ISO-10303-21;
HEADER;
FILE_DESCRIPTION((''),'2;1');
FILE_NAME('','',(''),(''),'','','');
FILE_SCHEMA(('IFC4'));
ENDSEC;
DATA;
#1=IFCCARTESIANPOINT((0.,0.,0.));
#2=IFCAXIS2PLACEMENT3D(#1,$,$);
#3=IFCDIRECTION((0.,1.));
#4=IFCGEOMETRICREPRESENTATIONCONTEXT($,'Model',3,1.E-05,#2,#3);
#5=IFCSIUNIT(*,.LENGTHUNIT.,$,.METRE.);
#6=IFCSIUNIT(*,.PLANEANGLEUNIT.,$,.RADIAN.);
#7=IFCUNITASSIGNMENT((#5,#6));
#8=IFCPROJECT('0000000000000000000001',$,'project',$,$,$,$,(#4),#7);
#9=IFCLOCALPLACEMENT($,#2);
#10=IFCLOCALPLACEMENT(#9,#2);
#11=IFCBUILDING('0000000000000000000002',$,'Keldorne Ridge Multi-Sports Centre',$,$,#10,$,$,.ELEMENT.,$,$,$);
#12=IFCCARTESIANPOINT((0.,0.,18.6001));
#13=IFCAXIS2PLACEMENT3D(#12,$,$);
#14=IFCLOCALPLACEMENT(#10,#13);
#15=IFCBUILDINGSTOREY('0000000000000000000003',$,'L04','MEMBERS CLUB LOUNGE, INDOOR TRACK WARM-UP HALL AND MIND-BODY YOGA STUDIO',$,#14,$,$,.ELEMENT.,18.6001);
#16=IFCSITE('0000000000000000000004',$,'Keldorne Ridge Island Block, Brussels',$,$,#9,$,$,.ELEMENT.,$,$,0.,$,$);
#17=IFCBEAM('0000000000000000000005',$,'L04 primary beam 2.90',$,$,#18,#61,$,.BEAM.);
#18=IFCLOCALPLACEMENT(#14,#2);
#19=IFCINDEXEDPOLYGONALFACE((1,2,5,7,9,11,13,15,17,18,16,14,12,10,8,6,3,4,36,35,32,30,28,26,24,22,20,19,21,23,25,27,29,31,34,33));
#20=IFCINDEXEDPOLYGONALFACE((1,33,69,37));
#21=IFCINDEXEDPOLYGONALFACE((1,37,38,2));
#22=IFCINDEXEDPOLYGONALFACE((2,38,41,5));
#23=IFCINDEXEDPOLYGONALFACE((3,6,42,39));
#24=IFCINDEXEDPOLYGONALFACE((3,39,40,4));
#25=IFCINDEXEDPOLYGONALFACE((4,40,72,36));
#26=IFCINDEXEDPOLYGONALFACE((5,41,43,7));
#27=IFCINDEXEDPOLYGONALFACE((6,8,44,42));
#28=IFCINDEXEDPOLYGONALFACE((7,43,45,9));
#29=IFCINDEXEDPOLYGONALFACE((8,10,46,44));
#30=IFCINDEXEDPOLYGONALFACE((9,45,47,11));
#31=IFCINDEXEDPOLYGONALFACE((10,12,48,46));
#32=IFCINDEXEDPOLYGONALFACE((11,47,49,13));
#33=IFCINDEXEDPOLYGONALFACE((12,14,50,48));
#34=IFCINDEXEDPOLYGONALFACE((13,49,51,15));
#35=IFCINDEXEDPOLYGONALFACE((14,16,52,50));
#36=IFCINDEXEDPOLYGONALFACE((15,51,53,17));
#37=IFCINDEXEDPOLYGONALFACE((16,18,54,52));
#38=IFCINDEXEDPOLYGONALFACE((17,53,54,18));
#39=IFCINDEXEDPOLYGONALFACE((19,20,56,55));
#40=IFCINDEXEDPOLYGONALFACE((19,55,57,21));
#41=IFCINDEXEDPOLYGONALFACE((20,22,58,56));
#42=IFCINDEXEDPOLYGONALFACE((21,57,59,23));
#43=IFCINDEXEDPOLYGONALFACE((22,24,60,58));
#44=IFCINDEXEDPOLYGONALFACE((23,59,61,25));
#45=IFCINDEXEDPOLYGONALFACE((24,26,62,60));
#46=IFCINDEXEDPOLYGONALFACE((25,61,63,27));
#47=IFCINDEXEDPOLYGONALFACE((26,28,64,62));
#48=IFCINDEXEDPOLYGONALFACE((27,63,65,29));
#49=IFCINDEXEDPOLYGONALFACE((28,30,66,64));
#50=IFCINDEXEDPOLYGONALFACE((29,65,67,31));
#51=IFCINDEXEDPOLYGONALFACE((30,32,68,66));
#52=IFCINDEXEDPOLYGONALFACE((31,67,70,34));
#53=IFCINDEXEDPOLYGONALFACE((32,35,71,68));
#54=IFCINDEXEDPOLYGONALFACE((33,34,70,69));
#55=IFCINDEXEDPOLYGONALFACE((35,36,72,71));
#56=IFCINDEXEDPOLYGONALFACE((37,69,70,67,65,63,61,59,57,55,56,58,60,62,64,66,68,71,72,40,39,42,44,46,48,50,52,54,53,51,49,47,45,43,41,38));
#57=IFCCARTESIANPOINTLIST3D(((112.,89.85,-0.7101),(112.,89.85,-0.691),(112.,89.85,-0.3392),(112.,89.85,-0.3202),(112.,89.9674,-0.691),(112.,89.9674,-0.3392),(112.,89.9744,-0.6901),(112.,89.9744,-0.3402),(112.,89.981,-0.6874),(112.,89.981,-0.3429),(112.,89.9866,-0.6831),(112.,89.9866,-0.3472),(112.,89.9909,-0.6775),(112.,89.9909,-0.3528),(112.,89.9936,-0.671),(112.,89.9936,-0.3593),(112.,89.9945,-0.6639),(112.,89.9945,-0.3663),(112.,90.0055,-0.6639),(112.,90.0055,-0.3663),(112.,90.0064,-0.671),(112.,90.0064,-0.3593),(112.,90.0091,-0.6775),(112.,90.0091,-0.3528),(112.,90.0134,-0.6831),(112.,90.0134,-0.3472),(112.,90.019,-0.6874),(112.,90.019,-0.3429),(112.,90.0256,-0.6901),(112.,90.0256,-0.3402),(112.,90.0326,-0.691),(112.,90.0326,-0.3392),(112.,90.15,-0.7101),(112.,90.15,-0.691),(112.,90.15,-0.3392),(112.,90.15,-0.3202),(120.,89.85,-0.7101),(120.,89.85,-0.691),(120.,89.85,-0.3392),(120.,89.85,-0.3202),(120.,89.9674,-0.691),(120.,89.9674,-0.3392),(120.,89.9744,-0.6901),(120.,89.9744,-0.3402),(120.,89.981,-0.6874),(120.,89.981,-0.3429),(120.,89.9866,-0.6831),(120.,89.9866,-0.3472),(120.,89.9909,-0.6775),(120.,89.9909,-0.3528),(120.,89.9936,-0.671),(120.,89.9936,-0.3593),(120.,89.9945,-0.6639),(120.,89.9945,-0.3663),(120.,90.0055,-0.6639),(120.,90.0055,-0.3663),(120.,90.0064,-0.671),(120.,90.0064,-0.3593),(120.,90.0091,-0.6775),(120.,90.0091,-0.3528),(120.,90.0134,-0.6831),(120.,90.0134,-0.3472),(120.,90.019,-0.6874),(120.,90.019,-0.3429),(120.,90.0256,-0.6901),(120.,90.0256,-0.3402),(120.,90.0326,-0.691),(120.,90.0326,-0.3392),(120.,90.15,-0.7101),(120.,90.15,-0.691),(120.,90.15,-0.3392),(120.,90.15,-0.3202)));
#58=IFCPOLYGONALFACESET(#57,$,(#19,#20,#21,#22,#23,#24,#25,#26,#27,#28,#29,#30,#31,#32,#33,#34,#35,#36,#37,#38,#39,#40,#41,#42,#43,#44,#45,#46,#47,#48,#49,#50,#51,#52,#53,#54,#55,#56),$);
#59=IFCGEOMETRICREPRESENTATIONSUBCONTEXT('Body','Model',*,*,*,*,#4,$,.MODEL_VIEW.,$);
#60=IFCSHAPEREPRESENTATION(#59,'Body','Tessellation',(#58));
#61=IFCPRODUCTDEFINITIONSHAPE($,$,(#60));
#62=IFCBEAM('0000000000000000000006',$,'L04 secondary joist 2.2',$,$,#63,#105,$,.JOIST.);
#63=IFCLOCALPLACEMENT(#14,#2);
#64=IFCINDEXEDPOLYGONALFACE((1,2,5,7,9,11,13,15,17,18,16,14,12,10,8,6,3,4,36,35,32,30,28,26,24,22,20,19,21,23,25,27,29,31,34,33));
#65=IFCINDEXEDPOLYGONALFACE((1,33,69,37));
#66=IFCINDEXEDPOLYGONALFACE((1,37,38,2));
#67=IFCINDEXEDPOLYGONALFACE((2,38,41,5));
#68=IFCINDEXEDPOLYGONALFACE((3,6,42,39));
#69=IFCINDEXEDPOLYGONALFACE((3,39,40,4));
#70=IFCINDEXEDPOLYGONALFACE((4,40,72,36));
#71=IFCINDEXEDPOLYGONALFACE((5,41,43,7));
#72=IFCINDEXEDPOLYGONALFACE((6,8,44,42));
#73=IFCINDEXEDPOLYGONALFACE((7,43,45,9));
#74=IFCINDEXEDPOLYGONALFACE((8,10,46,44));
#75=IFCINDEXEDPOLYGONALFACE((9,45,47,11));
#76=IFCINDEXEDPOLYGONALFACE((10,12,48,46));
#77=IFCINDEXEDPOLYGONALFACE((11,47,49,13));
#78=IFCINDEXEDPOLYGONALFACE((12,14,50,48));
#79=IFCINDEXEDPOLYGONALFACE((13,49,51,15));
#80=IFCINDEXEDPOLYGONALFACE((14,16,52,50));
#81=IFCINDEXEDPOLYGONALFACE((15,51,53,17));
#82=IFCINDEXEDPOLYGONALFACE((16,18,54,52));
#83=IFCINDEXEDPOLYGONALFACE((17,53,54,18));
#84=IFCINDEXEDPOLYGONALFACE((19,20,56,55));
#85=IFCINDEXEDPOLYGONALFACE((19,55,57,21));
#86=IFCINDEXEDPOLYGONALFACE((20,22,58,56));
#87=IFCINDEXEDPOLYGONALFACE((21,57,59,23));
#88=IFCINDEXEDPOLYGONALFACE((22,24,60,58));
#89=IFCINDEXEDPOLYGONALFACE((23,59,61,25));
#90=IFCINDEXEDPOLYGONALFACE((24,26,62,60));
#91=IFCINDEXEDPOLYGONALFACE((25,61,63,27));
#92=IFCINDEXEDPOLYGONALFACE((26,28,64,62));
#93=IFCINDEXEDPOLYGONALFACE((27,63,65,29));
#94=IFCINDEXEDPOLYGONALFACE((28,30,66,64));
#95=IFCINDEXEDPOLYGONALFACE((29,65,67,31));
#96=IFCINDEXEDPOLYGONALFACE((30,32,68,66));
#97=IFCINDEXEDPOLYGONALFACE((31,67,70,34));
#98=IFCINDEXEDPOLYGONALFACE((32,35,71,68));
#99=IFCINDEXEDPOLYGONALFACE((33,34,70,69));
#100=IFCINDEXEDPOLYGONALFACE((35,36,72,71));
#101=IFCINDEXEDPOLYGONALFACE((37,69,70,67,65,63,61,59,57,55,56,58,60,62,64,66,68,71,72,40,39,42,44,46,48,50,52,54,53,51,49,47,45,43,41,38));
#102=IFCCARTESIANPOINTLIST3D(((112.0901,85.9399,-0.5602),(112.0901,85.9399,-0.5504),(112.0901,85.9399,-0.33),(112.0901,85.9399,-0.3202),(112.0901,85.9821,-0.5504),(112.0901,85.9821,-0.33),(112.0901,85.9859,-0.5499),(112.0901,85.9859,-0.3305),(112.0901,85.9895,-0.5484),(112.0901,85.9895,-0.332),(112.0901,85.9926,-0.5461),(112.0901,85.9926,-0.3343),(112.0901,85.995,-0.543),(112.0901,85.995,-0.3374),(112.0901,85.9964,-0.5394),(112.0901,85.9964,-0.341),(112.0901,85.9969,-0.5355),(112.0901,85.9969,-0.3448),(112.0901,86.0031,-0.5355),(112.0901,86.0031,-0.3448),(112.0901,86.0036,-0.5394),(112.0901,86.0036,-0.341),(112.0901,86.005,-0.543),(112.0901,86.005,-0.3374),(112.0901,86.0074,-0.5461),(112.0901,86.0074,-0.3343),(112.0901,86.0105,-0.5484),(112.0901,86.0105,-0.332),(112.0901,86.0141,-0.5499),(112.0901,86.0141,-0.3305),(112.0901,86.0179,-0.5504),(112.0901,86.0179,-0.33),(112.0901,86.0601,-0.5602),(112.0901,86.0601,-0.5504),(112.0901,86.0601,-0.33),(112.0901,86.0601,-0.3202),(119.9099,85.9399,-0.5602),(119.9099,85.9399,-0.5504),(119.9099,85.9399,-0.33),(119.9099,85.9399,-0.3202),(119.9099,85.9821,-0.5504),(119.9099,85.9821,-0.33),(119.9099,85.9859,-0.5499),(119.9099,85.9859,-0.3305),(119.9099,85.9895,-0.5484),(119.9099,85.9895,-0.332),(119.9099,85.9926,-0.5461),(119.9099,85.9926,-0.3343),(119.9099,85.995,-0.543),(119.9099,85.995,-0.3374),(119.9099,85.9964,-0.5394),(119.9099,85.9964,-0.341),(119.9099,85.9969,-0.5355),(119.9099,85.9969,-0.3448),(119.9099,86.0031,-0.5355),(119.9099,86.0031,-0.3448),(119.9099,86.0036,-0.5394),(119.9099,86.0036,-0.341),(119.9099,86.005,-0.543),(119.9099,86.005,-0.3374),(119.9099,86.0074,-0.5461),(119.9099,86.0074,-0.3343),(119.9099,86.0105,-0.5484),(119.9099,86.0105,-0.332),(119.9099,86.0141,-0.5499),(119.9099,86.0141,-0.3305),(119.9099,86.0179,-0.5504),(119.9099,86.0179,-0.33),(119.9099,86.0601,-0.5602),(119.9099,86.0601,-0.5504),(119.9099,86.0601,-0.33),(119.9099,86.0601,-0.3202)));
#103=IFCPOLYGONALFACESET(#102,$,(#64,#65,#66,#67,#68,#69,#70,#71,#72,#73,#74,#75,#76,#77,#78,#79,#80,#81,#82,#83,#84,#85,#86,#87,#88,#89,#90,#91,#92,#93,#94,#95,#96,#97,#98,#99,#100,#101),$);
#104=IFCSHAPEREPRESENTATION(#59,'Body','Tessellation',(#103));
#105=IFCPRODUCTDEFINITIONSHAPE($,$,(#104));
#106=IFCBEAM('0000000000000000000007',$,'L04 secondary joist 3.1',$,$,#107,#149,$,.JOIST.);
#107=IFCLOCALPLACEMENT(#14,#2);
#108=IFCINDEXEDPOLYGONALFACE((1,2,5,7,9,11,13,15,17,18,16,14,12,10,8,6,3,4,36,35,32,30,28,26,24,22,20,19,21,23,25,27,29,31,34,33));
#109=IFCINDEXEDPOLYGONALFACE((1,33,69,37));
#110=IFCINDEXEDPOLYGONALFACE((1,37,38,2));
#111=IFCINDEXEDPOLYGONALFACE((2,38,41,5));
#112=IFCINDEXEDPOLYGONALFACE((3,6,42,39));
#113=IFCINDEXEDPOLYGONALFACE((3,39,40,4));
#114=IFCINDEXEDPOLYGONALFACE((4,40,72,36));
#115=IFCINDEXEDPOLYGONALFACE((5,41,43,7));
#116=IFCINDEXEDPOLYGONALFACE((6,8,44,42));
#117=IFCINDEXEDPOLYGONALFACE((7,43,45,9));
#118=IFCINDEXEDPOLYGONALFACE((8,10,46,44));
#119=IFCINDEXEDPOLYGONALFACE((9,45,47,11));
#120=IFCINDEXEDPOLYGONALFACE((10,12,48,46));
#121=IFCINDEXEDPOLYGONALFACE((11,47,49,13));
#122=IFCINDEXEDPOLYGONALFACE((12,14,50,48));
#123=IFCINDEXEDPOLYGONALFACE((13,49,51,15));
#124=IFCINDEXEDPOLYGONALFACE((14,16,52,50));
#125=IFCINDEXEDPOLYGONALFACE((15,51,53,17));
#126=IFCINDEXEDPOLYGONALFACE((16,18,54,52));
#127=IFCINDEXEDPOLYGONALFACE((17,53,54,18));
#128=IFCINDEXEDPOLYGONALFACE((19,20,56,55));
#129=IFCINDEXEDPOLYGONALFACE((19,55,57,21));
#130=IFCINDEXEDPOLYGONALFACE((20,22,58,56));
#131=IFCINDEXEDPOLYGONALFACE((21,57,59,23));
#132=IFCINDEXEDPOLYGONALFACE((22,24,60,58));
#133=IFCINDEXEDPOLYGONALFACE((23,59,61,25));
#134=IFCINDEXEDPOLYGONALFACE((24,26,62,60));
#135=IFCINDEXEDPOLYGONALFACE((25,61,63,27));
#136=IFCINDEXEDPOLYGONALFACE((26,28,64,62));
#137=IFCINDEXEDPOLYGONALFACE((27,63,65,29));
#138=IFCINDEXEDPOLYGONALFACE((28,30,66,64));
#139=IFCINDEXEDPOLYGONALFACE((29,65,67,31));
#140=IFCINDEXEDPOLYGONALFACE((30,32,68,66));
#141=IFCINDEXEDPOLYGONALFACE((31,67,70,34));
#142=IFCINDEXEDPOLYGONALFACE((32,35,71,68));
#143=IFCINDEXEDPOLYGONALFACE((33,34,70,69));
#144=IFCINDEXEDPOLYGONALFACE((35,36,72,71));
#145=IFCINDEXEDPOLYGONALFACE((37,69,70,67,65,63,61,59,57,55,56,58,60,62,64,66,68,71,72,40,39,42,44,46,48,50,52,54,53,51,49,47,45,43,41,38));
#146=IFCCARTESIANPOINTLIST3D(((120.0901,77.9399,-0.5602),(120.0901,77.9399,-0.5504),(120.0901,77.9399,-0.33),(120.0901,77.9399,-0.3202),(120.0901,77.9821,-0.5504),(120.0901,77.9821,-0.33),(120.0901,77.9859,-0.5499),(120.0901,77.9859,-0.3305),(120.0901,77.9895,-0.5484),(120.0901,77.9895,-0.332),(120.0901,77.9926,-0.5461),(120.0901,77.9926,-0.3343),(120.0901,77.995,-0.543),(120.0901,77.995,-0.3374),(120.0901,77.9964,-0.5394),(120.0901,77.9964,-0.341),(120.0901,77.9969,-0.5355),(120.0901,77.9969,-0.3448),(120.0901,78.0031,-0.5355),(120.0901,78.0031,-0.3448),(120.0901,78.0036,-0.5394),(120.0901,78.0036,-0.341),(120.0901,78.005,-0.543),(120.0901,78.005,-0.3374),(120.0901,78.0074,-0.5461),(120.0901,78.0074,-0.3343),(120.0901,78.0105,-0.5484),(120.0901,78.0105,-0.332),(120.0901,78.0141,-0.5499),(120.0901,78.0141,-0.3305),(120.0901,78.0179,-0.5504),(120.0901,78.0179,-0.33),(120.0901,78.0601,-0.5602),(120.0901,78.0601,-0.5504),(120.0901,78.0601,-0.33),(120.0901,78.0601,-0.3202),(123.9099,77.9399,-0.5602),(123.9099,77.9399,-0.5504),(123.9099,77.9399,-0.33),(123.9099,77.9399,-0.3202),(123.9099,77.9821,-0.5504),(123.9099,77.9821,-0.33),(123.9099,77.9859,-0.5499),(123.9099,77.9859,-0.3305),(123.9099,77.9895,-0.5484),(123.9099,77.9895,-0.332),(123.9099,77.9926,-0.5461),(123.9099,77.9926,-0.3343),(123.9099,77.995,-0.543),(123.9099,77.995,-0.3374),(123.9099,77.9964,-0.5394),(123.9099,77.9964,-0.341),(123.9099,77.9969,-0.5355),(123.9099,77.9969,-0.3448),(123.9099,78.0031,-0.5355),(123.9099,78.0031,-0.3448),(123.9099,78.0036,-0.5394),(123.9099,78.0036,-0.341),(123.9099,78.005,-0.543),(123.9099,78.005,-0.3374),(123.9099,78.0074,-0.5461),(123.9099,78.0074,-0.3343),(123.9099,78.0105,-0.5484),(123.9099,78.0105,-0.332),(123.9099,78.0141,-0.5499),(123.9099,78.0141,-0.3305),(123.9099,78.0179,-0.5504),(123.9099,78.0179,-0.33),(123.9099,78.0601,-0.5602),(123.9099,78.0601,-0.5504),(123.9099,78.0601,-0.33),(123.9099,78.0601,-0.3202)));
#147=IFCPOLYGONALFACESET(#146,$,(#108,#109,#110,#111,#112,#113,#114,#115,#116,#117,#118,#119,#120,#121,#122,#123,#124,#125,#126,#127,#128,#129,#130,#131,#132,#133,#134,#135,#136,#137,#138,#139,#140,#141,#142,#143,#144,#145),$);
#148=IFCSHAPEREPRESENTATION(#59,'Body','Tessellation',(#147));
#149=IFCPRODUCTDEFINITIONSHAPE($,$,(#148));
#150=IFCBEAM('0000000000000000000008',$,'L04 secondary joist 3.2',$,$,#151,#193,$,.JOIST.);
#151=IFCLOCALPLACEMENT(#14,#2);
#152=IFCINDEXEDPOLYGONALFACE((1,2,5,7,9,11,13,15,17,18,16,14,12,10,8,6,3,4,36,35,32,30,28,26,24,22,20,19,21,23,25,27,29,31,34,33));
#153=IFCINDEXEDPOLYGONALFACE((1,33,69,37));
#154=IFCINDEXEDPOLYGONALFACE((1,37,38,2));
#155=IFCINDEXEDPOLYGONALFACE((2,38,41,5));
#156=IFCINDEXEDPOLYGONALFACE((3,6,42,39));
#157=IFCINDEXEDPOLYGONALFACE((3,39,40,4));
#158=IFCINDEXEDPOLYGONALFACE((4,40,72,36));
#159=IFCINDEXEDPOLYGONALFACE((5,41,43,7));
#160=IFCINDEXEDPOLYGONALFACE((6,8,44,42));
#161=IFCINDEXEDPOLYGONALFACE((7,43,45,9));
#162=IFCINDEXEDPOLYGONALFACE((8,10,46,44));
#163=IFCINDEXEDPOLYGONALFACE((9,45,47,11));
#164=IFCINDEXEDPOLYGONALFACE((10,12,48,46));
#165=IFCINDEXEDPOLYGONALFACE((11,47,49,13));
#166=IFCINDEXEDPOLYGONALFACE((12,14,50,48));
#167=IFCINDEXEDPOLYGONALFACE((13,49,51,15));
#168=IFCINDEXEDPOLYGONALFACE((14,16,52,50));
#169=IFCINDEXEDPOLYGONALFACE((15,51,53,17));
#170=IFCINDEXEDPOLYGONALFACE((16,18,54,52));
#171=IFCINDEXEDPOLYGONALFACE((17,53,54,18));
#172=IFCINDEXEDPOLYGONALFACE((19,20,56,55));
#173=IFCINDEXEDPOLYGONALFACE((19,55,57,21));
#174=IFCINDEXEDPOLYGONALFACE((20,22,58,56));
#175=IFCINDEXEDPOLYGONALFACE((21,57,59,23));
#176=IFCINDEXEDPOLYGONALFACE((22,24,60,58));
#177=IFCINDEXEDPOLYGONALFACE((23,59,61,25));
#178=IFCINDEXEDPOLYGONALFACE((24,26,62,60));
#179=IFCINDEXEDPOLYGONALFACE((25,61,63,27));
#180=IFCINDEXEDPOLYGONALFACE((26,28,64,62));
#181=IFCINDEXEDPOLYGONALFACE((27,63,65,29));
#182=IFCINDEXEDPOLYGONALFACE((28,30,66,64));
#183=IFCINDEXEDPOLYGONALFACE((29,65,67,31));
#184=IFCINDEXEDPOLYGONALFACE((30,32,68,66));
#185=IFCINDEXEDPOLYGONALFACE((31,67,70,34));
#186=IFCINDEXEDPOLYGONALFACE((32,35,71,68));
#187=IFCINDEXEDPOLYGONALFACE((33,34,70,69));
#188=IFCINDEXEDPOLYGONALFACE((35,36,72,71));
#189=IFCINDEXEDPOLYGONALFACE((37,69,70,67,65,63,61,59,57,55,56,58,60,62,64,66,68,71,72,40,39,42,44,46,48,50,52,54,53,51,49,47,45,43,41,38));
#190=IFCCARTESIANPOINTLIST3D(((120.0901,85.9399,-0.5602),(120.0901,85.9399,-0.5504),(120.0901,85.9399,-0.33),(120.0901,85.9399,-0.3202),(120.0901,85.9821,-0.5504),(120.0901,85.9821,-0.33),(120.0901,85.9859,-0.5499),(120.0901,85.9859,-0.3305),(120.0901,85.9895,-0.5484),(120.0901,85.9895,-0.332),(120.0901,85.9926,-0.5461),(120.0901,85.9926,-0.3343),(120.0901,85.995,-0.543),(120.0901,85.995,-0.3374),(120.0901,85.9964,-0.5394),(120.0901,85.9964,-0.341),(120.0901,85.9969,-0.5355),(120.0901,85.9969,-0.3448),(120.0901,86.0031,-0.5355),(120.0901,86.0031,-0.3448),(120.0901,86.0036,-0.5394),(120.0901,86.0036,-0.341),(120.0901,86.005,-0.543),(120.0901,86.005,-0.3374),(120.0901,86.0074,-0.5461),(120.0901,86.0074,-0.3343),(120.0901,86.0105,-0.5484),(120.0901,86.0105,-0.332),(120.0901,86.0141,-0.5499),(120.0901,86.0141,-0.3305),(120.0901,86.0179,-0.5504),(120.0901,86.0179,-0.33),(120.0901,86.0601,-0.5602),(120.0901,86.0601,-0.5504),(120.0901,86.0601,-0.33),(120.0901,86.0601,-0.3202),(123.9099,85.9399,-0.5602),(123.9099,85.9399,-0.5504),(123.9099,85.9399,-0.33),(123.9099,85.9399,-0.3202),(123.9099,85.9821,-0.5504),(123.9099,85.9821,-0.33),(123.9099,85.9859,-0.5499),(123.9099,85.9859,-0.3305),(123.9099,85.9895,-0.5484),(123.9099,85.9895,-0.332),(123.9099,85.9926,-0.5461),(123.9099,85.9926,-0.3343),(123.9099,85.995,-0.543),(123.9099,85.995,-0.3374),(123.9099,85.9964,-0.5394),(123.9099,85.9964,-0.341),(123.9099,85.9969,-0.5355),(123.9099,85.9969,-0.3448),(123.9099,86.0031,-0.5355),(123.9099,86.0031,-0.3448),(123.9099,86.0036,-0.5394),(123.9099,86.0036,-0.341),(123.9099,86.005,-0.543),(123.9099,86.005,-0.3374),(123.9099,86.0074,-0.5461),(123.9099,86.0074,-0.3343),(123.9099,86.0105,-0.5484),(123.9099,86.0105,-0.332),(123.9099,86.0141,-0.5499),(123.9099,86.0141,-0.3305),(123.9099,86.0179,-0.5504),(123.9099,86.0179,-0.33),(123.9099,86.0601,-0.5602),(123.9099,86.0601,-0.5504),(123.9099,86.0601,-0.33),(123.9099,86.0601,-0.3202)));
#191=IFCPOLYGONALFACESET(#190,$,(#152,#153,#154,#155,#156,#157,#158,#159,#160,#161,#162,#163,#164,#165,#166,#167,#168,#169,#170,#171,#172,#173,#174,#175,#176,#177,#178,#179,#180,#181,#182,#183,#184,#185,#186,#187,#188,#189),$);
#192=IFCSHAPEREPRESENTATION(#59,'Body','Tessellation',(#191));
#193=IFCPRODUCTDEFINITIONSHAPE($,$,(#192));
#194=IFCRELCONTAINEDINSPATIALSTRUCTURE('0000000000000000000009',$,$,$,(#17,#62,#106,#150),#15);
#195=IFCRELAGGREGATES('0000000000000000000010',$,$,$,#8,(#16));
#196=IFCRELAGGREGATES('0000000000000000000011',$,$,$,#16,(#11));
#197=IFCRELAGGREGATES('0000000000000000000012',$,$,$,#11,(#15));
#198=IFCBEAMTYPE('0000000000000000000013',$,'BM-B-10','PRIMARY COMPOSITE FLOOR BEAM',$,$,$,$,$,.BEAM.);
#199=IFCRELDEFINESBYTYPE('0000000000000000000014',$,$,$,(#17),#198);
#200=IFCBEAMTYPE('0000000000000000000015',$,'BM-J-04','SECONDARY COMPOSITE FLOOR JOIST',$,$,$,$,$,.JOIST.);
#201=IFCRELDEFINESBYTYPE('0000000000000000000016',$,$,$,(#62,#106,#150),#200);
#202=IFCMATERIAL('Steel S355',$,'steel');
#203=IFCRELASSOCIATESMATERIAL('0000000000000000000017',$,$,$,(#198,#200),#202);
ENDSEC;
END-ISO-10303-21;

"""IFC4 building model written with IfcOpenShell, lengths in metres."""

from ifc_helpers import new_model, si_unit, direction, frame, origin, origin_2d, place, context, subcontext, project, spatial, i_section, extrude, material, material_profile, profile_set, type_object, element, save


model = new_model("IFC4")

# Units and contexts
model_context = context("Model", 3, precision=1e-05, world=origin(), true_north=direction((0.0, 1.0)))
body_context = subcontext(model_context, "Body", "Model", "MODEL_VIEW")
ifc_project = project(units=[si_unit("LENGTHUNIT", "METRE"), si_unit("PLANEANGLEUNIT", "RADIAN")], contexts=[model_context])

# Site, building, storey
site_placement = place(None, origin())
site = spatial("IfcSite", under=ifc_project, at=site_placement, Name="Keldorne Ridge Island Block, Brussels", CompositionType="ELEMENT", RefElevation=0.0)
building_placement = place(site_placement, origin())
building = spatial("IfcBuilding", under=site, at=building_placement, Name="Keldorne Ridge Multi-Sports Centre", CompositionType="ELEMENT")
storey_placement = place(building_placement, frame((0.0, 0.0, 18.6001)))
storey = spatial("IfcBuildingStorey", under=building, at=storey_placement, Name="L04", Description="MEMBERS CLUB LOUNGE, INDOOR TRACK WARM-UP HALL AND MIND-BODY YOGA STUDIO", CompositionType="ELEMENT", Elevation=18.6001)

# Shared definitions
ifc_material_1 = material(Name="Steel S355", Category="steel")

# Beams
ifc_material_profile_1 = material_profile(ifc_material_1, i_section(OverallWidth=0.3, OverallDepth=0.3899, WebThickness=0.011, FlangeThickness=0.019, FilletRadius=0.0271, at=origin_2d()), Name="HEA 400")
ifc_profile_set_1 = profile_set([ifc_material_profile_1], Name="Steel S355")
beam_type_1 = type_object("IfcBeamType", Name="BM-B-10", Description="PRIMARY COMPOSITE FLOOR BEAM", PredefinedType="BEAM", material=ifc_profile_set_1)
beam_1_placement = place(storey_placement, frame((112.0, 90.0, -0.5151), z_axis=(1.0, 0.0, 0.0), x_axis=(0.0, 1.0, 0.0)))
element("IfcBeam", 1, at=beam_1_placement, inside=storey, type_object=beam_type_1, Name="L04 primary beam 2.90", PredefinedType="BEAM", context=body_context, shape_type="SweptSolid", body=[
    extrude(i_section(OverallWidth=0.3, OverallDepth=0.3899, WebThickness=0.011, FlangeThickness=0.019, FilletRadius=0.0271, at=origin_2d()), origin(), (0.0, 0.0, 1.0), 8.0),
])
ifc_material_profile_2 = material_profile(ifc_material_1, i_section(OverallWidth=0.1201, OverallDepth=0.24, WebThickness=0.0061, FlangeThickness=0.0098, FilletRadius=0.0149, at=origin_2d()), Name="IPE 240")
ifc_profile_set_2 = profile_set([ifc_material_profile_2], Name="Steel S355")
beam_type_2 = type_object("IfcBeamType", Name="BM-J-04", Description="SECONDARY COMPOSITE FLOOR JOIST", PredefinedType="JOIST", material=ifc_profile_set_2)
beam_2_placement = place(storey_placement, frame((112.0901, 86.0, -0.4402), z_axis=(1.0, 0.0, 0.0), x_axis=(0.0, 1.0, 0.0)))
element("IfcBeam", 2, at=beam_2_placement, inside=storey, type_object=beam_type_2, Name="L04 secondary joist 2.2", PredefinedType="JOIST", context=body_context, shape_type="SweptSolid", body=[
    extrude(i_section(OverallWidth=0.1201, OverallDepth=0.24, WebThickness=0.0061, FlangeThickness=0.0098, FilletRadius=0.0149, at=origin_2d()), origin(), (0.0, 0.0, 1.0), 7.8198),
])
for number, where, z_axis, x_axis, name in (
    (3, (120.0901, 78.0, -0.4402), (1.0, 0.0, 0.0), (0.0, 1.0, 0.0), "L04 secondary joist 3.1"),
    (4, (120.0901, 86.0, -0.4402), (1.0, 0.0, 0.0), (0.0, 1.0, 0.0), "L04 secondary joist 3.2"),
):
    element("IfcBeam", number, at=place(storey_placement, frame(where, z_axis=z_axis, x_axis=x_axis)), inside=storey, type_object=beam_type_2, Name=name, PredefinedType="JOIST", context=body_context, shape_type="SweptSolid", body=[
        extrude(i_section(OverallWidth=0.1201, OverallDepth=0.24, WebThickness=0.0061, FlangeThickness=0.0098, FilletRadius=0.0149, at=origin_2d()), origin(), (0.0, 0.0, 1.0), 3.8198),
    ])

save(model, "model.ifc")
